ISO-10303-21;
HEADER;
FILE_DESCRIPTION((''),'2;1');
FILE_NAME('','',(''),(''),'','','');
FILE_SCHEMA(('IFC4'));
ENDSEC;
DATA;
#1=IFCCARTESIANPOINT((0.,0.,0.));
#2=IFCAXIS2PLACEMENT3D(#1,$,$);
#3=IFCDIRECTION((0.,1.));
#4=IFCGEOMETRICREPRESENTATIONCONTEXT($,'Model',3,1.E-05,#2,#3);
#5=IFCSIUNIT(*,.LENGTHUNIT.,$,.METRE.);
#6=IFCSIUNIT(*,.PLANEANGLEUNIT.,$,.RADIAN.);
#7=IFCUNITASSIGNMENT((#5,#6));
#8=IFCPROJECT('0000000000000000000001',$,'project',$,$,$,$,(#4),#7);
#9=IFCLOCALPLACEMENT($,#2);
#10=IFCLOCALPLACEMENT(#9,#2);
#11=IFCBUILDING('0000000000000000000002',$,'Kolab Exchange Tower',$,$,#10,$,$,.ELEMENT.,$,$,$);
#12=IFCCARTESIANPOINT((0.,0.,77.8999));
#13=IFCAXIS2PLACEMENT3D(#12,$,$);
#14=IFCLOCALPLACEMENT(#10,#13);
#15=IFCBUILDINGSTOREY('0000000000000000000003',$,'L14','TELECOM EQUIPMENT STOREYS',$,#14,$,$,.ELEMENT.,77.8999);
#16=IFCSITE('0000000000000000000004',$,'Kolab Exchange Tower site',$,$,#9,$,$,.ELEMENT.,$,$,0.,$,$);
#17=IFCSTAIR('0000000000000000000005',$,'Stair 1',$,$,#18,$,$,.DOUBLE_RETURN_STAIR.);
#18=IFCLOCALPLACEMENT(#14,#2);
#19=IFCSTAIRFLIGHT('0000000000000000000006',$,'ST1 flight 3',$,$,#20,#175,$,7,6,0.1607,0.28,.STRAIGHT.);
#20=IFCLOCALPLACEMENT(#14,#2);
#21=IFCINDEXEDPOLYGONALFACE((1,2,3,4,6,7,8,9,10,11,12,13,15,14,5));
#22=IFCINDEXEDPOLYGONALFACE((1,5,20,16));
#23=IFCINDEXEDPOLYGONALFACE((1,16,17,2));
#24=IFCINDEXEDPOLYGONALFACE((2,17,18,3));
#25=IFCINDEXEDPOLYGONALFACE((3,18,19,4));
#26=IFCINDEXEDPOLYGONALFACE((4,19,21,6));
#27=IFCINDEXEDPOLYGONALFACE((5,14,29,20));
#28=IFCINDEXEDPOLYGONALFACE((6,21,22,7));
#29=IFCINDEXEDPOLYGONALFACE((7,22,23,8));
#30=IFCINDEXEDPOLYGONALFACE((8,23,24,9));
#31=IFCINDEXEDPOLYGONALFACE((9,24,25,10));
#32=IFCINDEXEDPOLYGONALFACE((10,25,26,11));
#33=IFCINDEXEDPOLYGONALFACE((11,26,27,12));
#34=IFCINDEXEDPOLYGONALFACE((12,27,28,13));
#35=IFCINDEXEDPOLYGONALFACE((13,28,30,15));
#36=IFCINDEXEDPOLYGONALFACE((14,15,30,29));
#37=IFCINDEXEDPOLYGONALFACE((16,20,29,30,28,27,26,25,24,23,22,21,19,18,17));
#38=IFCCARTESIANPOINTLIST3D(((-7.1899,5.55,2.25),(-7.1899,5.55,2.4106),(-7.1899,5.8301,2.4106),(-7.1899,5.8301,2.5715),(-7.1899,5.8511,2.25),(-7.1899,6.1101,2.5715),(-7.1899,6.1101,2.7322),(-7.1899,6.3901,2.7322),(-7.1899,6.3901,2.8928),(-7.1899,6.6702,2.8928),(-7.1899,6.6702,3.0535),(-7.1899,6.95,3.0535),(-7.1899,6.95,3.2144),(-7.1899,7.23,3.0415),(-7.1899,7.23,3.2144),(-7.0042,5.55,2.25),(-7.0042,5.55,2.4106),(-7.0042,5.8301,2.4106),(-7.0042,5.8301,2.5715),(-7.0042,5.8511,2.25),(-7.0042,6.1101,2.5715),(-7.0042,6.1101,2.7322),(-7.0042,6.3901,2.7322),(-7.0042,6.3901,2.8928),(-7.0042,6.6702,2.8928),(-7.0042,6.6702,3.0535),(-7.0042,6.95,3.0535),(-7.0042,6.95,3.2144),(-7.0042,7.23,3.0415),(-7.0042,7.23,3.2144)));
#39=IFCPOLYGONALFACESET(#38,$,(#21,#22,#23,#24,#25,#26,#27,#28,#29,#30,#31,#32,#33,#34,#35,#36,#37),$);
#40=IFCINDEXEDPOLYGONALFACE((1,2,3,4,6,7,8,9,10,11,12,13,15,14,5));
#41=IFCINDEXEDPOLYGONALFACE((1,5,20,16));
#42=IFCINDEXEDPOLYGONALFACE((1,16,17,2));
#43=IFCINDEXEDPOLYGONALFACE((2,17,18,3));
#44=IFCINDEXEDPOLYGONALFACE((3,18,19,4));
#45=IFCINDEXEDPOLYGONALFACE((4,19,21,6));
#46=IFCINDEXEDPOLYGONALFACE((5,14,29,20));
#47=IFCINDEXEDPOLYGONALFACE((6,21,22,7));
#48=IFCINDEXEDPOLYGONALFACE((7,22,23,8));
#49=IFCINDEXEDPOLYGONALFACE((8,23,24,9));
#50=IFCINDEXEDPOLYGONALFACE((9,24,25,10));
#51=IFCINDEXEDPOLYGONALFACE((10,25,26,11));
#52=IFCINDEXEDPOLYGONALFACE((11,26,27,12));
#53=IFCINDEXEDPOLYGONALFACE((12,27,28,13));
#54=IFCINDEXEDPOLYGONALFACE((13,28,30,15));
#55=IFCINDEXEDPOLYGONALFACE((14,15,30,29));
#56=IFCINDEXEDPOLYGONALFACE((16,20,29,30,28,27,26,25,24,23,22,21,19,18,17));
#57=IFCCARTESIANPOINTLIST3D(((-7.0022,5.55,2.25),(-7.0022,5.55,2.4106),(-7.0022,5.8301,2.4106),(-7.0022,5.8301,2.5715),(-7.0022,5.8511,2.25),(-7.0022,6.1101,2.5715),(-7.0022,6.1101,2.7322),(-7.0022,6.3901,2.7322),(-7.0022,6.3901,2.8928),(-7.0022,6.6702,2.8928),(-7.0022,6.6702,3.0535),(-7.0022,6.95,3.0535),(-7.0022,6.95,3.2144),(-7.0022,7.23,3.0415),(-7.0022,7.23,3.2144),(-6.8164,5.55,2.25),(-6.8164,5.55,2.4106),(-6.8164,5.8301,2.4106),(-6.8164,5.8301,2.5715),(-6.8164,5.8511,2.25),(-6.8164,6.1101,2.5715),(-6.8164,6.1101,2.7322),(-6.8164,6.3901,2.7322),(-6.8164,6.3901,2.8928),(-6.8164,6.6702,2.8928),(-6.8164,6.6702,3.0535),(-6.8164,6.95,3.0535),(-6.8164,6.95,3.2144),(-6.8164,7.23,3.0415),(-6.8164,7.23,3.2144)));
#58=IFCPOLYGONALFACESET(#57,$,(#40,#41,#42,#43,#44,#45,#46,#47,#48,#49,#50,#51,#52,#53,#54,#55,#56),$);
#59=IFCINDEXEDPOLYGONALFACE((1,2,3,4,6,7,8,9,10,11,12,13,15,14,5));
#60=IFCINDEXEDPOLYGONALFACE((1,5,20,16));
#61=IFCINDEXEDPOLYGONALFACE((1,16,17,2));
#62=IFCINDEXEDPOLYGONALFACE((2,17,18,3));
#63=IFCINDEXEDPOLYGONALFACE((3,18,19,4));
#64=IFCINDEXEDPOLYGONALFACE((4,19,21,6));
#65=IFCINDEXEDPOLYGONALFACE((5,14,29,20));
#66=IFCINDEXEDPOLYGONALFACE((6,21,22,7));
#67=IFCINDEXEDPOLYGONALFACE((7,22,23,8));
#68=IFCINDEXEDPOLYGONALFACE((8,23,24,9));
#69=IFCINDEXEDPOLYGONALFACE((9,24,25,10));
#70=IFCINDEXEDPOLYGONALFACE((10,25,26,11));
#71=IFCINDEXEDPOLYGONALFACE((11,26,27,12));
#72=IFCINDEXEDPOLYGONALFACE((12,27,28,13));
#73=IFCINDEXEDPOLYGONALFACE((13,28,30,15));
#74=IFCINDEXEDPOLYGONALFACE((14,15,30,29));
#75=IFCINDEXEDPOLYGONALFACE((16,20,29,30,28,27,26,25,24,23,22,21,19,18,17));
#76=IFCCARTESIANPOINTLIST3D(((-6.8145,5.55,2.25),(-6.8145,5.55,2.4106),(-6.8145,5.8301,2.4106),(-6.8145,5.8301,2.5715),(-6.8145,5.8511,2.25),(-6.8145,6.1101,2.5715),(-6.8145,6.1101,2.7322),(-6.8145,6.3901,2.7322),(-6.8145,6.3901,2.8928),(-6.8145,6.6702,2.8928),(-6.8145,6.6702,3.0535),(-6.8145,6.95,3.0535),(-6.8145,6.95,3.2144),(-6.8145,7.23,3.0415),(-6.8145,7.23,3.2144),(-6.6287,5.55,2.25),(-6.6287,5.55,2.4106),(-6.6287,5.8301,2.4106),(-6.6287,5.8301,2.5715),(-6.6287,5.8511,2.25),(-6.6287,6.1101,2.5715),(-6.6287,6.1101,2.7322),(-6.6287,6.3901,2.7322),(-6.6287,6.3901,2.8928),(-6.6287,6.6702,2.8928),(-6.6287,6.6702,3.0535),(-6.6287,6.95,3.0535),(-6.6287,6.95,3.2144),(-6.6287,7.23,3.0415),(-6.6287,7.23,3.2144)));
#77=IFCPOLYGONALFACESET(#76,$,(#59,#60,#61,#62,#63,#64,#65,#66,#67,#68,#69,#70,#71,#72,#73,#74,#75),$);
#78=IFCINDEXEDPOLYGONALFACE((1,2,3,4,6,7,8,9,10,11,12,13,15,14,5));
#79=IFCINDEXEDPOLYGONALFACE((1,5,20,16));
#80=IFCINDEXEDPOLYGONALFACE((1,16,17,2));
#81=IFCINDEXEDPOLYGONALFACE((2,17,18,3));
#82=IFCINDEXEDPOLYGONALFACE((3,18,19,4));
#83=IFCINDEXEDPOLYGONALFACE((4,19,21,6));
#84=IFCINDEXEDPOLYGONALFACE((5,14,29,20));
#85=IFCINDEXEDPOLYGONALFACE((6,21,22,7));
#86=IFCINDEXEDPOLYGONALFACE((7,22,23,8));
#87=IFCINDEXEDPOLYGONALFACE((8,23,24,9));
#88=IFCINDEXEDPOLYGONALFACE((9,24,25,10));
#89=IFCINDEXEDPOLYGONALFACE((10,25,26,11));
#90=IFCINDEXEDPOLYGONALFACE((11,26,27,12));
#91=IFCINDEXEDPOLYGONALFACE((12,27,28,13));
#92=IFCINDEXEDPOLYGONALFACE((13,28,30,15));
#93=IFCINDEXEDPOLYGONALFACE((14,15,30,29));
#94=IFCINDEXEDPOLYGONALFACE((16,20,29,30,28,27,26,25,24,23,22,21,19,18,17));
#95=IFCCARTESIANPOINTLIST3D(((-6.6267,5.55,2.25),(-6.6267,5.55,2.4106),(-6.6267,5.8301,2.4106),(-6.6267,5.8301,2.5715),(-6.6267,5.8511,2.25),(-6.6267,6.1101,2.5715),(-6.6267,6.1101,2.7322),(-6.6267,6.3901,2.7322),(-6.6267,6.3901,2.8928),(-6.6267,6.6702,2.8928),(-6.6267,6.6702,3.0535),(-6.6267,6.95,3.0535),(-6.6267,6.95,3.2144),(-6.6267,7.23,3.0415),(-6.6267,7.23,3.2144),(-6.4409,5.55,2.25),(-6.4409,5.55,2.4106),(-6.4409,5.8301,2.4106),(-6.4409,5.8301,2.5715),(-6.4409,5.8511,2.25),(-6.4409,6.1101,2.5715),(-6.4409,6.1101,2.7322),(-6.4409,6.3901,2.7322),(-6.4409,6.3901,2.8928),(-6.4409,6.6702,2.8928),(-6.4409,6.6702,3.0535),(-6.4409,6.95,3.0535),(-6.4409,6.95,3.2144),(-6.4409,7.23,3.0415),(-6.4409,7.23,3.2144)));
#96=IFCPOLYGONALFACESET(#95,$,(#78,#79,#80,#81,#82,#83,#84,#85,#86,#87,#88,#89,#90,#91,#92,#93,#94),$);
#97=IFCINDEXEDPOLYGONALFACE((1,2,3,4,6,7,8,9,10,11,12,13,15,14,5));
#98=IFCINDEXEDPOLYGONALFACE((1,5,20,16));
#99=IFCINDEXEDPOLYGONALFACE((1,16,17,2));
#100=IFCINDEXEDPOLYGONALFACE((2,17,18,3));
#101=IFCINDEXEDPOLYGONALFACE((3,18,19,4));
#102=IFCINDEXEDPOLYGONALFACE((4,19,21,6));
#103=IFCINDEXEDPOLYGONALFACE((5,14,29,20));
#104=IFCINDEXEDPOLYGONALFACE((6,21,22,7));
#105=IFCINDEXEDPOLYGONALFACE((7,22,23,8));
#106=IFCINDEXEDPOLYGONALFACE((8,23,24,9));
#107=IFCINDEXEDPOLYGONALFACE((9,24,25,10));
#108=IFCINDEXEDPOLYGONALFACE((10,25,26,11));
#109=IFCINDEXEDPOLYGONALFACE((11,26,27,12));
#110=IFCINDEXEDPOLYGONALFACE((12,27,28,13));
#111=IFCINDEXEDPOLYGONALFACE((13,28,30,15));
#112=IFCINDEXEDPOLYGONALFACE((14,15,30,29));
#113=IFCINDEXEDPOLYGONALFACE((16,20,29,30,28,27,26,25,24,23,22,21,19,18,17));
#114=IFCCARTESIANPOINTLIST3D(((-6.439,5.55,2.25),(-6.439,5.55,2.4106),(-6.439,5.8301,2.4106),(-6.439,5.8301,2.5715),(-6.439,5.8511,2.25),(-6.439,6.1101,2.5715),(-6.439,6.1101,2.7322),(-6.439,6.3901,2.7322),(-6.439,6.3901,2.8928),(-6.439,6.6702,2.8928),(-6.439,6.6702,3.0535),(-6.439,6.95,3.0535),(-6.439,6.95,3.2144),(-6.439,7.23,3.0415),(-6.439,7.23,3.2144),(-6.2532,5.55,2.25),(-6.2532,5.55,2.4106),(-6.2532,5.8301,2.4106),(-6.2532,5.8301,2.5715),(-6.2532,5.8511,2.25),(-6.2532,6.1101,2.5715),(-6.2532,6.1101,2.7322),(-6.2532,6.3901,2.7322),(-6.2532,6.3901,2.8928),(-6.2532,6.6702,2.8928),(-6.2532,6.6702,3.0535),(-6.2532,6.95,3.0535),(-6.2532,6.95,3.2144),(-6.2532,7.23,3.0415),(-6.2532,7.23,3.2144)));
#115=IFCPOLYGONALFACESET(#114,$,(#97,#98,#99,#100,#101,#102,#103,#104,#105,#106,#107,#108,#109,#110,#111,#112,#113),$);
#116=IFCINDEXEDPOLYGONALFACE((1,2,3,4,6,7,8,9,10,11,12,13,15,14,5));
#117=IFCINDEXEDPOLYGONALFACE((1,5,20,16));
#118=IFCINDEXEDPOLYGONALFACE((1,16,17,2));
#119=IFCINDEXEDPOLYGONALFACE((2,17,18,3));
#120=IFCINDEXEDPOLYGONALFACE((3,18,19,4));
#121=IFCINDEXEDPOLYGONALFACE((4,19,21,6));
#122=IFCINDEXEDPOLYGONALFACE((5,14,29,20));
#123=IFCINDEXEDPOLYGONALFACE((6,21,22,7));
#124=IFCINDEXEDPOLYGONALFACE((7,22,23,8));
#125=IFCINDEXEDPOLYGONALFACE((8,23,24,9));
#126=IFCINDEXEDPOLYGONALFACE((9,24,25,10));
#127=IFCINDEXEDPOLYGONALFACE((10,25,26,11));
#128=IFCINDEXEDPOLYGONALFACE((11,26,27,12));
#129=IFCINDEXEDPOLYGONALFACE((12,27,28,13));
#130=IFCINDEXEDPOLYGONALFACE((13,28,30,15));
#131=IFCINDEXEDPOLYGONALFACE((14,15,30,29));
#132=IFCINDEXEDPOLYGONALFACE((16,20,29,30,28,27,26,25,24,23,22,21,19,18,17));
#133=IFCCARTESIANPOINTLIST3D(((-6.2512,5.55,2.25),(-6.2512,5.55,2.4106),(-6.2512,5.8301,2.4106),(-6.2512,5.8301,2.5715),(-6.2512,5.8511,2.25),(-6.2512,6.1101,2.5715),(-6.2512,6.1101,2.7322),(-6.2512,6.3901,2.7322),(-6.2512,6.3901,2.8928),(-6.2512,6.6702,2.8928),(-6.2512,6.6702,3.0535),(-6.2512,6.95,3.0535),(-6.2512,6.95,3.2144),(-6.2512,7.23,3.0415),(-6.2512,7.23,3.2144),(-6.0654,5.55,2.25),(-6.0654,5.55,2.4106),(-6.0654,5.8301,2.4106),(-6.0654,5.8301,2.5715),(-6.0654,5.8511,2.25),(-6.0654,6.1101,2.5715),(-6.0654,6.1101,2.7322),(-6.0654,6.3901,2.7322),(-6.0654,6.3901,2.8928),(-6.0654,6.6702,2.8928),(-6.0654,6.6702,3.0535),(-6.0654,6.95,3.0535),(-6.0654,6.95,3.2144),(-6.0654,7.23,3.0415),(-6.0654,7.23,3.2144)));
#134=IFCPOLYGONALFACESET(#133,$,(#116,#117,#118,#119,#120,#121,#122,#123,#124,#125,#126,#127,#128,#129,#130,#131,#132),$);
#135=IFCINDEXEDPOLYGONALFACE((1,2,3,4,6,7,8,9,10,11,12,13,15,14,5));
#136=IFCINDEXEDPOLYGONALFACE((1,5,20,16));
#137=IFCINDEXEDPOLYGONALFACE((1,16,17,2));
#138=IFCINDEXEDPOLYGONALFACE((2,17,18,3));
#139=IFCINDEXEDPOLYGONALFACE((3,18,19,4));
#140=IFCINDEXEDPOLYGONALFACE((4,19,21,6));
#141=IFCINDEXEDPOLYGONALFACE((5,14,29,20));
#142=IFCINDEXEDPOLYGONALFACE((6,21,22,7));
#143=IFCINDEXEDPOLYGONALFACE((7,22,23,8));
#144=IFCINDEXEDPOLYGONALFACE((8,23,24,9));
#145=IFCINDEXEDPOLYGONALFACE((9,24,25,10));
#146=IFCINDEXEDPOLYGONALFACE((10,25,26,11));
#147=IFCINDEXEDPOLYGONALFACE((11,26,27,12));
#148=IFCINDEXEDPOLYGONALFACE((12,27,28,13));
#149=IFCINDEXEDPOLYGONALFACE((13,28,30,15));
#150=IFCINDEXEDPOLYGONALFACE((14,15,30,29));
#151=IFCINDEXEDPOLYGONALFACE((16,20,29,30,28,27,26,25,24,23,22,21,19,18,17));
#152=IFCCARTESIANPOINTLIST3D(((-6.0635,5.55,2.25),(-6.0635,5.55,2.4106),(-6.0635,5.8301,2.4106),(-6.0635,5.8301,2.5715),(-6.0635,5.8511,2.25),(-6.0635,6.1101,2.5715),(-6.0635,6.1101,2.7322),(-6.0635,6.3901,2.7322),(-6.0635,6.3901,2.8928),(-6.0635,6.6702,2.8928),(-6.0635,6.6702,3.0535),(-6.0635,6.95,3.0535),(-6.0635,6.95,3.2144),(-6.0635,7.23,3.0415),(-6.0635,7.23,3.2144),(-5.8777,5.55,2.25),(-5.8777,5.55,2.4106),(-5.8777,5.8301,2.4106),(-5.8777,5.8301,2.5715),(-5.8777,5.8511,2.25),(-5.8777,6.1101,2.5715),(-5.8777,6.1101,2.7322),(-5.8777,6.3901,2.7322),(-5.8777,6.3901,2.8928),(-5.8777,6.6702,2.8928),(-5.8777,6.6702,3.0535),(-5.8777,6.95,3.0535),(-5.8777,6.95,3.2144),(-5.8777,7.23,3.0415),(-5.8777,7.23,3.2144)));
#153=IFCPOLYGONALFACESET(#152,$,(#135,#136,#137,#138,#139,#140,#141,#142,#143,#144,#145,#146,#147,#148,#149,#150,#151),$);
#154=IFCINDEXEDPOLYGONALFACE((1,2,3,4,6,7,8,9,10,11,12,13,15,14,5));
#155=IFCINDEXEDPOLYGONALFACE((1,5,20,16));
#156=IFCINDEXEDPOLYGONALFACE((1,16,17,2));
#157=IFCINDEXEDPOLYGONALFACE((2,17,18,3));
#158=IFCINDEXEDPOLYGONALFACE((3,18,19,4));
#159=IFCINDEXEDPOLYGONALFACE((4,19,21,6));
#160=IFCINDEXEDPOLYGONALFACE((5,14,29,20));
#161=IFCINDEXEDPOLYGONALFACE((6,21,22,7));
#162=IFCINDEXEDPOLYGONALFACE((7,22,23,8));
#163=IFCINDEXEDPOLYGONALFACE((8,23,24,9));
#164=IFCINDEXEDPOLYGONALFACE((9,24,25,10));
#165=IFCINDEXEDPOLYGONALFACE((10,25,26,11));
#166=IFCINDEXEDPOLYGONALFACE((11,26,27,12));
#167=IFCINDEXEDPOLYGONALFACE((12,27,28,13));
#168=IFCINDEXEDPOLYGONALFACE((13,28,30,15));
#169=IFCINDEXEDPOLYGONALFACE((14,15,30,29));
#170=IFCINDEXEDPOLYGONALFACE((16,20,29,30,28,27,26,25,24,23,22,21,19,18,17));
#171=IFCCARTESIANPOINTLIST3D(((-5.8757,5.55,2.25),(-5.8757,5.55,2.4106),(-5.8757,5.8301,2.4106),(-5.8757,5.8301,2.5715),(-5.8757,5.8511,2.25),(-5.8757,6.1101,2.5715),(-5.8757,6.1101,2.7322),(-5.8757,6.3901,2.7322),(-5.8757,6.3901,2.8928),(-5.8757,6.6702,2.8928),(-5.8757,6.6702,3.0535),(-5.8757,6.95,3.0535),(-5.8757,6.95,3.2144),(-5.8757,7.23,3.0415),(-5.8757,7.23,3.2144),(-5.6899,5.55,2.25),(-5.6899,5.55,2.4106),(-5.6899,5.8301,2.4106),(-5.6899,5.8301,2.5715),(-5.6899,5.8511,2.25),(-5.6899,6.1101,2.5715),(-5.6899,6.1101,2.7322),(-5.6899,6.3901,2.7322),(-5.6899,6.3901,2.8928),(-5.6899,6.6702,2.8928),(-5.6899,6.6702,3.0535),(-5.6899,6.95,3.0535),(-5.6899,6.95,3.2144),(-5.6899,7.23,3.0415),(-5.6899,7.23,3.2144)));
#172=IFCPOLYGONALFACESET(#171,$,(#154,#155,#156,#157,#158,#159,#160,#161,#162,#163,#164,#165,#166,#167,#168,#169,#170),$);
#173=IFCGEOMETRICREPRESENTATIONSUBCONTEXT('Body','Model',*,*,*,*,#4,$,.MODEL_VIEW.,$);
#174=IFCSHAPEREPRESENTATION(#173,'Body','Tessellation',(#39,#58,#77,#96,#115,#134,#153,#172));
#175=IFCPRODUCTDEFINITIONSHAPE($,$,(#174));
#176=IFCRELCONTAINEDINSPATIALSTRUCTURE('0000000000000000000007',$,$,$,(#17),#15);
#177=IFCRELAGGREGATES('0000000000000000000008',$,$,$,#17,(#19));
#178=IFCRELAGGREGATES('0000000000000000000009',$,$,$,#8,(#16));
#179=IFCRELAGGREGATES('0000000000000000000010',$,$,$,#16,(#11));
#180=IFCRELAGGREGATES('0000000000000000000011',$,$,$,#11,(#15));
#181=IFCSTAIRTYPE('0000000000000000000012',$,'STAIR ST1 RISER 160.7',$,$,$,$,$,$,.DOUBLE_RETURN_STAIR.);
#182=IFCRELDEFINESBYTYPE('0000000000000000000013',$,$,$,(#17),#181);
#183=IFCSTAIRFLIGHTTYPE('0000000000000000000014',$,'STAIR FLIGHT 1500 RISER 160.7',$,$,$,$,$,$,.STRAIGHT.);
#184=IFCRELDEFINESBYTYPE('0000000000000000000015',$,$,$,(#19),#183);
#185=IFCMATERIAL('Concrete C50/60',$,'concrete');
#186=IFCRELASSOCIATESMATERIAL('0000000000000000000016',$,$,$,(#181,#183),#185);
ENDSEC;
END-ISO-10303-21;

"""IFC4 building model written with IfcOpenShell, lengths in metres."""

from ifc_helpers import new_model, si_unit, direction, frame, origin, place, context, subcontext, project, spatial, polyline, outline, extrude, material, type_object, element, aggregate, save


model = new_model("IFC4")

# Units and contexts
model_context = context("Model", 3, precision=1e-05, world=origin(), true_north=direction((0.0, 1.0)))
body_context = subcontext(model_context, "Body", "Model", "MODEL_VIEW")
ifc_project = project(units=[si_unit("LENGTHUNIT", "METRE"), si_unit("PLANEANGLEUNIT", "RADIAN")], contexts=[model_context])

# Site, building, storey
site_placement = place(None, origin())
site = spatial("IfcSite", under=ifc_project, at=site_placement, Name="Kolab Exchange Tower site", CompositionType="ELEMENT", RefElevation=0.0)
building_placement = place(site_placement, origin())
building = spatial("IfcBuilding", under=site, at=building_placement, Name="Kolab Exchange Tower", CompositionType="ELEMENT")
storey_placement = place(building_placement, frame((0.0, 0.0, 77.8999)))
storey = spatial("IfcBuildingStorey", under=building, at=storey_placement, Name="L14", Description="TELECOM EQUIPMENT STOREYS", CompositionType="ELEMENT", Elevation=77.8999)

# Shared definitions
ifc_material_1 = material(Name="Concrete C50/60", Category="concrete")

# Stair, stair flight
stair_type = type_object("IfcStairType", Name="STAIR ST1 RISER 160.7", PredefinedType="DOUBLE_RETURN_STAIR", material=ifc_material_1)
stair_placement = place(storey_placement, origin())
stair = element("IfcStair", 1, at=stair_placement, inside=storey, type_object=stair_type, Name="Stair 1", PredefinedType="DOUBLE_RETURN_STAIR")
stair_flight_type = type_object("IfcStairFlightType", Name="STAIR FLIGHT 1500 RISER 160.7", PredefinedType="STRAIGHT", material=ifc_material_1)
stair_flight_1_placement = place(storey_placement, frame((-6.4399, 5.55, 2.25), z_axis=(0.0, 0.0, 1.0), x_axis=(0.0, 1.0, 0.0)))
stair_flight_1 = element("IfcStairFlight", 2, at=stair_flight_1_placement, type_object=stair_flight_type, Name="ST1 flight 3", NumberOfRisers=7, NumberOfTreads=6, PredefinedType="STRAIGHT", RiserHeight=0.1607, TreadLength=0.28, context=body_context, shape_type="SweptSolid", body=[
    extrude(outline(polyline([(0.0, 0.0), (0.0, 0.1606), (0.28, 0.1606), (0.28, 0.3215), (0.5601, 0.3215), (0.5601, 0.4822), (0.8401, 0.4822), (0.8401, 0.6428), (1.1201, 0.6428), (1.1201, 0.8035), (1.3999, 0.8035), (1.3999, 0.9644), (1.6799, 0.9644), (1.6799, 1.125), (1.6799, 0.7915), (0.301, 0.0), (0.0, 0.0)])), frame((0.0, 0.75, 0.0), z_axis=(0.0, -1.0, 0.0), x_axis=(1.0, 0.0, 0.0)), (0.0, 0.0, 1.0), 0.1858),
    extrude(outline(polyline([(0.0, 0.0), (0.0, 0.1606), (0.28, 0.1606), (0.28, 0.3215), (0.5601, 0.3215), (0.5601, 0.4822), (0.8401, 0.4822), (0.8401, 0.6428), (1.1201, 0.6428), (1.1201, 0.8035), (1.3999, 0.8035), (1.3999, 0.9644), (1.6799, 0.9644), (1.6799, 1.125), (1.6799, 0.7915), (0.301, 0.0), (0.0, 0.0)])), frame((0.0, 0.5623, 0.0), z_axis=(0.0, -1.0, 0.0), x_axis=(1.0, 0.0, 0.0)), (0.0, 0.0, 1.0), 0.1858),
    extrude(outline(polyline([(0.0, 0.0), (0.0, 0.1606), (0.28, 0.1606), (0.28, 0.3215), (0.5601, 0.3215), (0.5601, 0.4822), (0.8401, 0.4822), (0.8401, 0.6428), (1.1201, 0.6428), (1.1201, 0.8035), (1.3999, 0.8035), (1.3999, 0.9644), (1.6799, 0.9644), (1.6799, 1.125), (1.6799, 0.7915), (0.301, 0.0), (0.0, 0.0)])), frame((0.0, 0.3745, 0.0), z_axis=(0.0, -1.0, 0.0), x_axis=(1.0, 0.0, 0.0)), (0.0, 0.0, 1.0), 0.1858),
    extrude(outline(polyline([(0.0, 0.0), (0.0, 0.1606), (0.28, 0.1606), (0.28, 0.3215), (0.5601, 0.3215), (0.5601, 0.4822), (0.8401, 0.4822), (0.8401, 0.6428), (1.1201, 0.6428), (1.1201, 0.8035), (1.3999, 0.8035), (1.3999, 0.9644), (1.6799, 0.9644), (1.6799, 1.125), (1.6799, 0.7915), (0.301, 0.0), (0.0, 0.0)])), frame((0.0, 0.1868, 0.0), z_axis=(0.0, -1.0, 0.0), x_axis=(1.0, 0.0, 0.0)), (0.0, 0.0, 1.0), 0.1858),
    extrude(outline(polyline([(0.0, 0.0), (0.0, 0.1606), (0.28, 0.1606), (0.28, 0.3215), (0.5601, 0.3215), (0.5601, 0.4822), (0.8401, 0.4822), (0.8401, 0.6428), (1.1201, 0.6428), (1.1201, 0.8035), (1.3999, 0.8035), (1.3999, 0.9644), (1.6799, 0.9644), (1.6799, 1.125), (1.6799, 0.7915), (0.301, 0.0), (0.0, 0.0)])), frame((0.0, -0.001, 0.0), z_axis=(0.0, -1.0, 0.0), x_axis=(1.0, 0.0, 0.0)), (0.0, 0.0, 1.0), 0.1858),
    extrude(outline(polyline([(0.0, 0.0), (0.0, 0.1606), (0.28, 0.1606), (0.28, 0.3215), (0.5601, 0.3215), (0.5601, 0.4822), (0.8401, 0.4822), (0.8401, 0.6428), (1.1201, 0.6428), (1.1201, 0.8035), (1.3999, 0.8035), (1.3999, 0.9644), (1.6799, 0.9644), (1.6799, 1.125), (1.6799, 0.7915), (0.301, 0.0), (0.0, 0.0)])), frame((0.0, -0.1887, 0.0), z_axis=(0.0, -1.0, 0.0), x_axis=(1.0, 0.0, 0.0)), (0.0, 0.0, 1.0), 0.1858),
    extrude(outline(polyline([(0.0, 0.0), (0.0, 0.1606), (0.28, 0.1606), (0.28, 0.3215), (0.5601, 0.3215), (0.5601, 0.4822), (0.8401, 0.4822), (0.8401, 0.6428), (1.1201, 0.6428), (1.1201, 0.8035), (1.3999, 0.8035), (1.3999, 0.9644), (1.6799, 0.9644), (1.6799, 1.125), (1.6799, 0.7915), (0.301, 0.0), (0.0, 0.0)])), frame((0.0, -0.3765, 0.0), z_axis=(0.0, -1.0, 0.0), x_axis=(1.0, 0.0, 0.0)), (0.0, 0.0, 1.0), 0.1858),
    extrude(outline(polyline([(0.0, 0.0), (0.0, 0.1606), (0.28, 0.1606), (0.28, 0.3215), (0.5601, 0.3215), (0.5601, 0.4822), (0.8401, 0.4822), (0.8401, 0.6428), (1.1201, 0.6428), (1.1201, 0.8035), (1.3999, 0.8035), (1.3999, 0.9644), (1.6799, 0.9644), (1.6799, 1.125), (1.6799, 0.7915), (0.301, 0.0), (0.0, 0.0)])), frame((0.0, -0.5642, 0.0), z_axis=(0.0, -1.0, 0.0), x_axis=(1.0, 0.0, 0.0)), (0.0, 0.0, 1.0), 0.1858),
])
aggregate(stair, [stair_flight_1])

save(model, "model.ifc")
